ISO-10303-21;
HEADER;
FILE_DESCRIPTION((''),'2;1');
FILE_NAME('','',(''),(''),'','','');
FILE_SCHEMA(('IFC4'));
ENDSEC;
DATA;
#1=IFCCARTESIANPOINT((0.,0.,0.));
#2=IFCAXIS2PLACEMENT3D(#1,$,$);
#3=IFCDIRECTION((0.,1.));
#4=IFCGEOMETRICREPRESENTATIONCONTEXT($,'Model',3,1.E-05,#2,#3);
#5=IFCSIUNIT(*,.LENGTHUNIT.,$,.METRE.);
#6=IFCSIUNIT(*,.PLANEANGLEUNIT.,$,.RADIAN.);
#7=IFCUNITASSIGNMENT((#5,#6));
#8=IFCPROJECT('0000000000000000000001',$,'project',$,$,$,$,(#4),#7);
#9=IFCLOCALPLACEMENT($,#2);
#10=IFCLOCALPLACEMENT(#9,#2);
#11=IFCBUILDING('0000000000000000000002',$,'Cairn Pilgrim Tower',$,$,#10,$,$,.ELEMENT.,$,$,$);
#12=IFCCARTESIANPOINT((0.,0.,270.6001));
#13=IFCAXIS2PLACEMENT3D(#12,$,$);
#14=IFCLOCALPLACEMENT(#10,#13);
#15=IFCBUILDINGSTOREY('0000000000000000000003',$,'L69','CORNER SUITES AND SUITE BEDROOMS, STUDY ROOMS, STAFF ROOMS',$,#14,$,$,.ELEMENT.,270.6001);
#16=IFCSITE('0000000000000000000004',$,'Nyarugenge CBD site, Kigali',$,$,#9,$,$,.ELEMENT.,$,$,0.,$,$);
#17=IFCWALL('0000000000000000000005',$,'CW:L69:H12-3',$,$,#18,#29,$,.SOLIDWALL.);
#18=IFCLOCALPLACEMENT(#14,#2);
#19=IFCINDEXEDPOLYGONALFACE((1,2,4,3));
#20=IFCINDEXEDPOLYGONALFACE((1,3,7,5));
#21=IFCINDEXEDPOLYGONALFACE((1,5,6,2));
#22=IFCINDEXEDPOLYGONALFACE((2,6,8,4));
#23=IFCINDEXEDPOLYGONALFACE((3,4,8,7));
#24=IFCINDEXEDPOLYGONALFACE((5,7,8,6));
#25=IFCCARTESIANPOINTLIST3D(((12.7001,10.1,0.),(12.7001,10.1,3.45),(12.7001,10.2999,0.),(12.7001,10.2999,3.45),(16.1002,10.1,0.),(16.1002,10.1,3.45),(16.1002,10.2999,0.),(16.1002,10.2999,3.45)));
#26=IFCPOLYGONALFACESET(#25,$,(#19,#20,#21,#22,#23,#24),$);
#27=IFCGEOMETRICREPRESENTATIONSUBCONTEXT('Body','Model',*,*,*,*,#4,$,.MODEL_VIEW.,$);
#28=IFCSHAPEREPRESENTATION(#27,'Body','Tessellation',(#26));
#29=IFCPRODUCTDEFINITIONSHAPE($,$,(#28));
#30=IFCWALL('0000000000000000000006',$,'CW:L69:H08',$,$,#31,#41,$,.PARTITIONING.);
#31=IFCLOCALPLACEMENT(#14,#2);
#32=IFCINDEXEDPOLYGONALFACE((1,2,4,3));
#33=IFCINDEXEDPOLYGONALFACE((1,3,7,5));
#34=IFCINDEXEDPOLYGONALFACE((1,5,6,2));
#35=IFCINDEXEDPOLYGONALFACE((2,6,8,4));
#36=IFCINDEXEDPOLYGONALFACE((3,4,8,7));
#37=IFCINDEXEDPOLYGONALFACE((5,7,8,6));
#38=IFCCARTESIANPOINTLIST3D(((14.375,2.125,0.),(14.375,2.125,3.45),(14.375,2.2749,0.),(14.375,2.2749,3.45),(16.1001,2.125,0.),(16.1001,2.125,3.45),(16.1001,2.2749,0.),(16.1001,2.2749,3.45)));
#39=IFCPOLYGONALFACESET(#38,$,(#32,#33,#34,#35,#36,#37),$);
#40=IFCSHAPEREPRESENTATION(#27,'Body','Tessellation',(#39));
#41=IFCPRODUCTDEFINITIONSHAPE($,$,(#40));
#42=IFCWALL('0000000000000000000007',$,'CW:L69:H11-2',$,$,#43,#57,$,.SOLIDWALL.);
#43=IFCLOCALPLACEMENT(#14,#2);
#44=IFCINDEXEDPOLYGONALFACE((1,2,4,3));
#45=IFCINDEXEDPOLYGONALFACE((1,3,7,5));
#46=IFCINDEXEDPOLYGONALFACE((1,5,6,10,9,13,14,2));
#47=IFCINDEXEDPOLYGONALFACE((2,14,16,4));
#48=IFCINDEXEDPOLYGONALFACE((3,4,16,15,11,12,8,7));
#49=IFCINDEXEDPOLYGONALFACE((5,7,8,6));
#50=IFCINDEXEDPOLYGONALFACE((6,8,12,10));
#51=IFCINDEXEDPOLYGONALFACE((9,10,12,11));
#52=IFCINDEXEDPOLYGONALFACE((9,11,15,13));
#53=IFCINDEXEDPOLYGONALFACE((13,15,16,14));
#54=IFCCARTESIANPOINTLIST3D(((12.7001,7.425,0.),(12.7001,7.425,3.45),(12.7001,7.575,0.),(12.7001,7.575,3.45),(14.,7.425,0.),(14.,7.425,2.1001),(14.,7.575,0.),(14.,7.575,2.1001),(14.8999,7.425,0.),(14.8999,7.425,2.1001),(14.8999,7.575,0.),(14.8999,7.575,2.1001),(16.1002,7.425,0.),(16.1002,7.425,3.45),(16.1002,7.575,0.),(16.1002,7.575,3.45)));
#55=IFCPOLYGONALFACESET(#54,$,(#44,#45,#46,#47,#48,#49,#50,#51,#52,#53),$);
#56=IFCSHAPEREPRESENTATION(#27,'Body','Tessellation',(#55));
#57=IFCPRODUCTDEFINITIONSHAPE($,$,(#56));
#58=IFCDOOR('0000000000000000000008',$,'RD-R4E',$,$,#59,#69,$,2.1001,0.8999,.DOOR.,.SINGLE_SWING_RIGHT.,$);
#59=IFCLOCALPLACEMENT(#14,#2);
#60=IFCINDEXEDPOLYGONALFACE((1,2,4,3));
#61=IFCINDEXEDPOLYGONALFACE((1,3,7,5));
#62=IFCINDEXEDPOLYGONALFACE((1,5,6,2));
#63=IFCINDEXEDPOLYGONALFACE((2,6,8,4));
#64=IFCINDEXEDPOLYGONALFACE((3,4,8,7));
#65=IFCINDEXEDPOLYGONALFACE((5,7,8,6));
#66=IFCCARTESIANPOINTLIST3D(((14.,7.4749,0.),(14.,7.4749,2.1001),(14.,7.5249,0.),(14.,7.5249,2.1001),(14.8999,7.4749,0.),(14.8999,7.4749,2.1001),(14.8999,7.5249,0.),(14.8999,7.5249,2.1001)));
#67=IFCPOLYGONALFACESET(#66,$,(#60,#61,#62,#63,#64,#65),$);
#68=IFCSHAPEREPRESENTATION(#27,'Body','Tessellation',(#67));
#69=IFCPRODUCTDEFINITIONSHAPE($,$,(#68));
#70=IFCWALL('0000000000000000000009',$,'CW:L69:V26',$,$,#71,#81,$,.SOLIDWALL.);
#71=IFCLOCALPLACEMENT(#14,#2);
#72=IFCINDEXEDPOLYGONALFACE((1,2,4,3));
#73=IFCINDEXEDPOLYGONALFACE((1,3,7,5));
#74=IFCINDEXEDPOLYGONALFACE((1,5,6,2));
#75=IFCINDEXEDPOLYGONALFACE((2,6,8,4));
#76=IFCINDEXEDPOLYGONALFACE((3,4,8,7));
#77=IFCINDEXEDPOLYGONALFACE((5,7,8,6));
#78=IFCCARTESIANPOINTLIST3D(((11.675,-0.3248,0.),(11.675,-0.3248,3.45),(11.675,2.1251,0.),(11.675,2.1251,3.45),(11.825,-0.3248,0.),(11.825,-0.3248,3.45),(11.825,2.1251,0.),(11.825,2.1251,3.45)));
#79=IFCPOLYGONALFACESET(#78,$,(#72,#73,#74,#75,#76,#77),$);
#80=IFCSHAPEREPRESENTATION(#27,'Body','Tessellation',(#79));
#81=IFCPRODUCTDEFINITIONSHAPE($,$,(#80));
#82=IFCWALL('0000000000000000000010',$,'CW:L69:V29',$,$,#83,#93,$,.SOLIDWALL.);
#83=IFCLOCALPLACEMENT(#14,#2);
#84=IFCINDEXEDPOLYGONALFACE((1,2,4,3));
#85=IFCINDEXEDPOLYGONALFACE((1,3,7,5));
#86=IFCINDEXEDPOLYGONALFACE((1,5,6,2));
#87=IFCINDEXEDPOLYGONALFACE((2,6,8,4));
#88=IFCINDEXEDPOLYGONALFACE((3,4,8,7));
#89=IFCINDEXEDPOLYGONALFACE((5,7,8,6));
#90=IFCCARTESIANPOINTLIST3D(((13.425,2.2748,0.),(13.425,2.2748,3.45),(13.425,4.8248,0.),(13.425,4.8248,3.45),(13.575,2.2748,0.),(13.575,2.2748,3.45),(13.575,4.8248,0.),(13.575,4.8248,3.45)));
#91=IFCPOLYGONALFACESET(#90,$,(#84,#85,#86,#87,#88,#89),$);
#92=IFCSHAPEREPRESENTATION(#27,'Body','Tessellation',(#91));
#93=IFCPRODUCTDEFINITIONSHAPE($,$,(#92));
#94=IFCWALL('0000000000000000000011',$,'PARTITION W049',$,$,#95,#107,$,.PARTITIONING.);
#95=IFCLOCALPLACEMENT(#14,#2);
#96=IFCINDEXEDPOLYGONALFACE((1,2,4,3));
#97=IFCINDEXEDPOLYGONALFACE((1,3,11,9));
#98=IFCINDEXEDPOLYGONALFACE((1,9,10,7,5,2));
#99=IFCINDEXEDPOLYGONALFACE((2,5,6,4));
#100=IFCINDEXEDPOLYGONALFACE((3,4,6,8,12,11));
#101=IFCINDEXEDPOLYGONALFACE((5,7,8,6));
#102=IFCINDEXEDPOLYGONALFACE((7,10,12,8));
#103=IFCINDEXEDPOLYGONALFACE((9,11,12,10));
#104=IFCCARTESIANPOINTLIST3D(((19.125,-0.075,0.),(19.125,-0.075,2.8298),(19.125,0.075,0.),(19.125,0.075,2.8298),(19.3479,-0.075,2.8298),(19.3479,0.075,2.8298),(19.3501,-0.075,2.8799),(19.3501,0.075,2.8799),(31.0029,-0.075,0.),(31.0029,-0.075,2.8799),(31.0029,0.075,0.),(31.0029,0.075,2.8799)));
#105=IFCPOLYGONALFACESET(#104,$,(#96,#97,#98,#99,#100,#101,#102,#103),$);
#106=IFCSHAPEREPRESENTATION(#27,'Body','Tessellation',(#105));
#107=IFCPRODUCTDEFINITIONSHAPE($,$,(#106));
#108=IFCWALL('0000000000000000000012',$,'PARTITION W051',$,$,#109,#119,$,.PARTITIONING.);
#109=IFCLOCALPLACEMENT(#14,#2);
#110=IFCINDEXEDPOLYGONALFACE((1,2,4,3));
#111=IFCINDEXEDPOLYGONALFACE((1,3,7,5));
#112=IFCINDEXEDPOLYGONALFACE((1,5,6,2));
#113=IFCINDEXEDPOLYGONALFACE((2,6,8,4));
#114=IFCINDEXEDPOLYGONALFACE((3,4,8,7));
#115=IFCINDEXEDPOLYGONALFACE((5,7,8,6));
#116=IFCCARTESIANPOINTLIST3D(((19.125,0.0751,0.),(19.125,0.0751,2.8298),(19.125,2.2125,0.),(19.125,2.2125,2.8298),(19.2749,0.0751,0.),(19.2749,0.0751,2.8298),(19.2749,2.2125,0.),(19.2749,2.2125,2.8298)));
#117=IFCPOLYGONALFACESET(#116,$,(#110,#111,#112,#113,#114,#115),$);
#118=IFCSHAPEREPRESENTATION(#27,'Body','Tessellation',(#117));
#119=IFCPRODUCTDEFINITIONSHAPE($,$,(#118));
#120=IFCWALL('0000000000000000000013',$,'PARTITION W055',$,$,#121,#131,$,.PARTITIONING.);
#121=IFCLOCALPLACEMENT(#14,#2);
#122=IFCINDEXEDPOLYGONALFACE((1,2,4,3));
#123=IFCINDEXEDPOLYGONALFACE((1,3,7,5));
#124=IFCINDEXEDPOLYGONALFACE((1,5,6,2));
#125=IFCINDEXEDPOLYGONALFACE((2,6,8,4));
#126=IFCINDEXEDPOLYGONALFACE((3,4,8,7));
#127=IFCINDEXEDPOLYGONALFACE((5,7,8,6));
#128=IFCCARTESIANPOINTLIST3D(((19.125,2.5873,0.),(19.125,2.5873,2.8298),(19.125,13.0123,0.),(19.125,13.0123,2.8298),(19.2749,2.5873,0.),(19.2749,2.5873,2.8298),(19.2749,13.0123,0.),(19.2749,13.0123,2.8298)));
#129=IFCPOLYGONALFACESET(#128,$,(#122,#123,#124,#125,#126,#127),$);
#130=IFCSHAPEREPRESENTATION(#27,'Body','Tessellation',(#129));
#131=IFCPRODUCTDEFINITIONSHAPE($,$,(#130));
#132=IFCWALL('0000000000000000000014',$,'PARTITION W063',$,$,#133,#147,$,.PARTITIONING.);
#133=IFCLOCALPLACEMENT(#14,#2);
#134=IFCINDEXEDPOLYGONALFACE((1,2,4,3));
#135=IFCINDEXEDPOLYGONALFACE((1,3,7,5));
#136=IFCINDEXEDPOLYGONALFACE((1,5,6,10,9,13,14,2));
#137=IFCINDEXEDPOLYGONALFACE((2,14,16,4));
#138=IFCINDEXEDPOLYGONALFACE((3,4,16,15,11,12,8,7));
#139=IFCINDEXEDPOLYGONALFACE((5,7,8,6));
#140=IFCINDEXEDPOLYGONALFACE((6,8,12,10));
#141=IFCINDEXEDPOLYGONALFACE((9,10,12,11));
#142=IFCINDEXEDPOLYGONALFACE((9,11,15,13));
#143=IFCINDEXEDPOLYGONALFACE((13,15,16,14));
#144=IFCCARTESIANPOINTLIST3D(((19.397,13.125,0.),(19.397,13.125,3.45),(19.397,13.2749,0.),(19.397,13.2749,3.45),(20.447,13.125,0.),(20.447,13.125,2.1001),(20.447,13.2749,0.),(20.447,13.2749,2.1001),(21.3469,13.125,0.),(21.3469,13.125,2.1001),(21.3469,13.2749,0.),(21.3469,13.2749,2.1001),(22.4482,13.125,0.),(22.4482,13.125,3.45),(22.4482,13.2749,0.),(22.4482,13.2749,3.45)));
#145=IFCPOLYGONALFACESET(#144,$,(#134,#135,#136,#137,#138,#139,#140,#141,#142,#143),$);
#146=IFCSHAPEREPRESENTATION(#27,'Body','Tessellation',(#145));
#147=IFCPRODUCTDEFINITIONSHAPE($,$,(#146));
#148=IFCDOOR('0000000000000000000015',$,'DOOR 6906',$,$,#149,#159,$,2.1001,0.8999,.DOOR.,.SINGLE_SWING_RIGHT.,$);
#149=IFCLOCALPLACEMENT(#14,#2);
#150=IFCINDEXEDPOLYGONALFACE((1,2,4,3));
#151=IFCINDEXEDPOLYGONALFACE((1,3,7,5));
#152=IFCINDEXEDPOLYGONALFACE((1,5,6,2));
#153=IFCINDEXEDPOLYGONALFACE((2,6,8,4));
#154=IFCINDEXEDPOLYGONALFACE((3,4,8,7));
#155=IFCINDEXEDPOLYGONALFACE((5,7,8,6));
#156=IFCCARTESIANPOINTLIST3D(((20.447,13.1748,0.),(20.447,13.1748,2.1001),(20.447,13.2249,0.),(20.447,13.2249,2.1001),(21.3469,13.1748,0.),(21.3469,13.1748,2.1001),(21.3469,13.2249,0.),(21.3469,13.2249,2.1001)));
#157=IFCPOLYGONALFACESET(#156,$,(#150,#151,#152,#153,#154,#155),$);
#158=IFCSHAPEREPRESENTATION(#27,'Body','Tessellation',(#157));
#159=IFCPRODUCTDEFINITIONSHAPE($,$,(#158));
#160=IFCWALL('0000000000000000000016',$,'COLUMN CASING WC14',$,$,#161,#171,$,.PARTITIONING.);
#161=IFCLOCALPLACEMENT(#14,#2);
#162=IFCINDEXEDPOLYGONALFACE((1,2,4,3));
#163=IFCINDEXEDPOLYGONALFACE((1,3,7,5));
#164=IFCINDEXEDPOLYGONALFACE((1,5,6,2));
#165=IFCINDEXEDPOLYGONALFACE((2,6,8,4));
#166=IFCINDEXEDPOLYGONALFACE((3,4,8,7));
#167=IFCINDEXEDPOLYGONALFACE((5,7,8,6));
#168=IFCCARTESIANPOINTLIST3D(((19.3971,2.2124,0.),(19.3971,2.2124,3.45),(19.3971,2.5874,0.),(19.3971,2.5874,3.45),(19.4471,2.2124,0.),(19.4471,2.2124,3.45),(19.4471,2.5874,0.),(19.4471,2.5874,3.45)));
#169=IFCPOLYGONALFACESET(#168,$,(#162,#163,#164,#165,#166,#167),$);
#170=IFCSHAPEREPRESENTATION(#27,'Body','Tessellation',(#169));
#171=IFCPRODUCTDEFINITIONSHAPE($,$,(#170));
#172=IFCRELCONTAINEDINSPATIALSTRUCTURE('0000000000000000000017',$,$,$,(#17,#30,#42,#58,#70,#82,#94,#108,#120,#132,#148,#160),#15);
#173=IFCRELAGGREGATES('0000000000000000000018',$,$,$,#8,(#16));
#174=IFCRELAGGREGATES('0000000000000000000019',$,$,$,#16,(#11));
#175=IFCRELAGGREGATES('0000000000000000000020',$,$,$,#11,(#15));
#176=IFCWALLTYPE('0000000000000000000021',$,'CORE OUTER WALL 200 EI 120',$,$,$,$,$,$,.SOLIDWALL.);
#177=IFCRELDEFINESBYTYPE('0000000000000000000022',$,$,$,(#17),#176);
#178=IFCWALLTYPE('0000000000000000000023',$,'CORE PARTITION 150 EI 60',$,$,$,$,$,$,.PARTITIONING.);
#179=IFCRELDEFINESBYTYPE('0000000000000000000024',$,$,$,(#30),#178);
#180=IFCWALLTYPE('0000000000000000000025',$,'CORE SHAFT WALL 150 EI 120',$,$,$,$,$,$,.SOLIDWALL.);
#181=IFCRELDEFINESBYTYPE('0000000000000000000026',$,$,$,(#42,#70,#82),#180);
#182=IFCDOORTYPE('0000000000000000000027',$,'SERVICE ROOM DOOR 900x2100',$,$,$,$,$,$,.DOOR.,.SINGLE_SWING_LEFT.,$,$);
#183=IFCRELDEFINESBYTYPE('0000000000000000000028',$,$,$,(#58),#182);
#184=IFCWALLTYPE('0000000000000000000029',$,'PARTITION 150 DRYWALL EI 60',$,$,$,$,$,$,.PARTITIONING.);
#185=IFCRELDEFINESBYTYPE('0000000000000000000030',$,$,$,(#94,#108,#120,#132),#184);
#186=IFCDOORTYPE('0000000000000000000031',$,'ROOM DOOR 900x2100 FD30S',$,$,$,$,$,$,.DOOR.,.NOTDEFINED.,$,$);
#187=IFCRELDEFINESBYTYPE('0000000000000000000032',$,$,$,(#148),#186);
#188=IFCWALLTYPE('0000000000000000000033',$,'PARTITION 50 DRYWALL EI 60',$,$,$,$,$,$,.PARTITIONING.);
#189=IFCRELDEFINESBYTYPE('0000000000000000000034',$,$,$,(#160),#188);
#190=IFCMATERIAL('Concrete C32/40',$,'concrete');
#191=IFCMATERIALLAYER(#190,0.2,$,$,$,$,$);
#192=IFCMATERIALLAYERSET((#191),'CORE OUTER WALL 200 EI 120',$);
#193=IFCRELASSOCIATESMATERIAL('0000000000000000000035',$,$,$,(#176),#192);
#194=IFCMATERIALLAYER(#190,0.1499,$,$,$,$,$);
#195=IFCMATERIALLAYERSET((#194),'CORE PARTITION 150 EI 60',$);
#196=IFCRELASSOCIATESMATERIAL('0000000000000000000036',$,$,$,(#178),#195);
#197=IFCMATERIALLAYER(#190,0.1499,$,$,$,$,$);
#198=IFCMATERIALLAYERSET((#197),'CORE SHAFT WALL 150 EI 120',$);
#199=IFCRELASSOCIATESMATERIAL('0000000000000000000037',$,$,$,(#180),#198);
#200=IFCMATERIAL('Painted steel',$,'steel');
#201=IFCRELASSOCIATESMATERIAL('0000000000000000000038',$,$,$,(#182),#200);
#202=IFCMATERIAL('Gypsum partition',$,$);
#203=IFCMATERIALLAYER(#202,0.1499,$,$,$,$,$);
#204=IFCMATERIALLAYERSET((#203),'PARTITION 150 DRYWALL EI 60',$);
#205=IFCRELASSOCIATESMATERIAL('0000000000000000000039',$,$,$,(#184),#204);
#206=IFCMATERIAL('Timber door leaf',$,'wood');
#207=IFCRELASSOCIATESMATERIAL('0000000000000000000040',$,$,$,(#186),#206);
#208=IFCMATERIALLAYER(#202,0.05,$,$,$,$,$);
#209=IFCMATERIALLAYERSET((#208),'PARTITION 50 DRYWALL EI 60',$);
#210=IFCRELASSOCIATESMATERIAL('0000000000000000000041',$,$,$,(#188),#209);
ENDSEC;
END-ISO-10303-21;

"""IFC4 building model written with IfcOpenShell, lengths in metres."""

from ifc_helpers import new_model, si_unit, direction, frame, frame_2d, origin, place, context, subcontext, project, spatial, polyline, rectangle, outline, extrude, material, layer, layer_set, type_object, element, fill, save


model = new_model("IFC4")

# Units and contexts
model_context = context("Model", 3, precision=1e-05, world=origin(), true_north=direction((0.0, 1.0)))
body_context = subcontext(model_context, "Body", "Model", "MODEL_VIEW")
ifc_project = project(units=[si_unit("LENGTHUNIT", "METRE"), si_unit("PLANEANGLEUNIT", "RADIAN")], contexts=[model_context])

# Site, building, storey
site_placement = place(None, origin())
site = spatial("IfcSite", under=ifc_project, at=site_placement, Name="Nyarugenge CBD site, Kigali", CompositionType="ELEMENT", RefElevation=0.0)
building_placement = place(site_placement, origin())
building = spatial("IfcBuilding", under=site, at=building_placement, Name="Cairn Pilgrim Tower", CompositionType="ELEMENT")
storey_placement = place(building_placement, frame((0.0, 0.0, 270.6001)))
storey = spatial("IfcBuildingStorey", under=building, at=storey_placement, Name="L69", Description="CORNER SUITES AND SUITE BEDROOMS, STUDY ROOMS, STAFF ROOMS", CompositionType="ELEMENT", Elevation=270.6001)

# Walls
ifc_material_1 = material(Name="Concrete C32/40", Category="concrete")
ifc_layer_1 = layer(ifc_material_1, 0.2)
ifc_layer_set_1 = layer_set([ifc_layer_1], Name="CORE OUTER WALL 200 EI 120")
wall_type_1 = type_object("IfcWallType", Name="CORE OUTER WALL 200 EI 120", PredefinedType="SOLIDWALL", material=ifc_layer_set_1)
wall_1_placement = place(storey_placement, frame((12.7, 10.2, 0.0), z_axis=(0.0, 0.0, 1.0), x_axis=(1.0, 0.0, 0.0)))
element("IfcWall", 1, at=wall_1_placement, inside=storey, type_object=wall_type_1, Name="CW:L69:H12-3", PredefinedType="SOLIDWALL", context=body_context, shape_type="SweptSolid", body=[
    extrude(rectangle(XDim=3.4001, YDim=0.2, at=frame_2d((1.7002, 0.0))), origin(), (0.0, 0.0, 1.0), 3.45),
])
ifc_layer_2 = layer(ifc_material_1, 0.1499)
ifc_layer_set_2 = layer_set([ifc_layer_2], Name="CORE PARTITION 150 EI 60")
wall_type_2 = type_object("IfcWallType", Name="CORE PARTITION 150 EI 60", PredefinedType="PARTITIONING", material=ifc_layer_set_2)
wall_2_placement = place(storey_placement, frame((14.375, 2.2, 0.0), z_axis=(0.0, 0.0, 1.0), x_axis=(1.0, 0.0, 0.0)))
element("IfcWall", 2, at=wall_2_placement, inside=storey, type_object=wall_type_2, Name="CW:L69:H08", PredefinedType="PARTITIONING", context=body_context, shape_type="SweptSolid", body=[
    extrude(rectangle(XDim=1.7251, YDim=0.1499, at=frame_2d((0.8625, 0.0))), origin(), (0.0, 0.0, 1.0), 3.45),
])

# Wall, opening, door
ifc_layer_3 = layer(ifc_material_1, 0.1499)
ifc_layer_set_3 = layer_set([ifc_layer_3], Name="CORE SHAFT WALL 150 EI 120")
wall_type_3 = type_object("IfcWallType", Name="CORE SHAFT WALL 150 EI 120", PredefinedType="SOLIDWALL", material=ifc_layer_set_3)
wall_3_placement = place(storey_placement, frame((12.7, 7.5, 0.0), z_axis=(0.0, 0.0, 1.0), x_axis=(1.0, 0.0, 0.0)))
wall_3 = element("IfcWall", 3, at=wall_3_placement, inside=storey, type_object=wall_type_3, Name="CW:L69:H11-2", PredefinedType="SOLIDWALL", context=body_context, shape_type="SweptSolid", body=[
    extrude(rectangle(XDim=3.4001, YDim=0.1499, at=frame_2d((1.7002, 0.0))), origin(), (0.0, 0.0, 1.0), 3.45),
])
opening_1_placement = place(wall_3_placement, frame((1.3, 0.0, 0.0)))
opening_1 = element("IfcOpeningElement", 4, at=opening_1_placement, cuts=wall_3, PredefinedType="OPENING", context=body_context, shape_type="SweptSolid", body=[
    extrude(rectangle(XDim=0.8999, YDim=2.1001, at=frame_2d((0.45, 1.05))), frame((0.0, 0.085, 0.0), z_axis=(0.0, -1.0, 0.0), x_axis=(1.0, 0.0, 0.0)), (0.0, 0.0, 1.0), 0.1699),
])
ifc_material_2 = material(Name="Painted steel", Category="steel")
door_type_1 = type_object("IfcDoorType", Name="SERVICE ROOM DOOR 900x2100", OperationType="SINGLE_SWING_LEFT", PredefinedType="DOOR", material=ifc_material_2)
door_1_placement = place(opening_1_placement, origin())
door_1 = element("IfcDoor", 5, at=door_1_placement, inside=storey, type_object=door_type_1, Name="RD-R4E", OperationType="SINGLE_SWING_RIGHT", OverallHeight=2.1001, OverallWidth=0.8999, PredefinedType="DOOR", context=body_context, shape_type="SweptSolid", body=[
    extrude(rectangle(XDim=0.8999, YDim=2.1001, at=frame_2d((0.45, 1.05))), frame((0.0, 0.0249, 0.0), z_axis=(0.0, -1.0, 0.0), x_axis=(1.0, 0.0, 0.0)), (0.0, 0.0, 1.0), 0.05),
])
fill(opening_1, door_1)

# Walls
wall_4_placement = place(storey_placement, frame((11.75, -0.325, 0.0), z_axis=(0.0, 0.0, 1.0), x_axis=(0.0, 1.0, 0.0)))
element("IfcWall", 6, at=wall_4_placement, inside=storey, type_object=wall_type_3, Name="CW:L69:V26", PredefinedType="SOLIDWALL", context=body_context, shape_type="SweptSolid", body=[
    extrude(rectangle(XDim=2.45, YDim=0.1499, at=frame_2d((1.2251, 0.0))), origin(), (0.0, 0.0, 1.0), 3.45),
])
wall_5_placement = place(storey_placement, frame((13.5, 2.2749, 0.0), z_axis=(0.0, 0.0, 1.0), x_axis=(0.0, 1.0, 0.0)))
element("IfcWall", 7, at=wall_5_placement, inside=storey, type_object=wall_type_3, Name="CW:L69:V29", PredefinedType="SOLIDWALL", context=body_context, shape_type="SweptSolid", body=[
    extrude(rectangle(XDim=2.55, YDim=0.1499, at=frame_2d((1.2749, 0.0))), origin(), (0.0, 0.0, 1.0), 3.45),
])
ifc_material_3 = material(Name="Gypsum partition")
ifc_layer_4 = layer(ifc_material_3, 0.1499)
ifc_layer_set_4 = layer_set([ifc_layer_4], Name="PARTITION 150 DRYWALL EI 60")
wall_type_4 = type_object("IfcWallType", Name="PARTITION 150 DRYWALL EI 60", PredefinedType="PARTITIONING", material=ifc_layer_set_4)
wall_6_placement = place(storey_placement, frame((19.125, 0.0, 0.0), z_axis=(0.0, 0.0, 1.0), x_axis=(1.0, 0.0, 0.0)))
element("IfcWall", 8, at=wall_6_placement, inside=storey, type_object=wall_type_4, Name="PARTITION W049", PredefinedType="PARTITIONING", context=body_context, shape_type="SweptSolid", body=[
    extrude(outline(polyline([(0.0, 0.0), (11.8779, 0.0), (11.8779, 2.8799), (0.2251, 2.8799), (0.2229, 2.8298), (0.0, 2.8298), (0.0, 0.0)])), frame((0.0, 0.075, 0.0), z_axis=(0.0, -1.0, 0.0), x_axis=(1.0, 0.0, 0.0)), (0.0, 0.0, 1.0), 0.1499),
])
wall_7_placement = place(storey_placement, frame((19.2, 0.075, 0.0), z_axis=(0.0, 0.0, 1.0), x_axis=(0.0, 1.0, 0.0)))
element("IfcWall", 9, at=wall_7_placement, inside=storey, type_object=wall_type_4, Name="PARTITION W051", PredefinedType="PARTITIONING", context=body_context, shape_type="SweptSolid", body=[
    extrude(rectangle(XDim=2.1375, YDim=0.1499, at=frame_2d((1.0688, 0.0))), origin(), (0.0, 0.0, 1.0), 2.8298),
])
wall_8_placement = place(storey_placement, frame((19.2, 2.5874, 0.0), z_axis=(0.0, 0.0, 1.0), x_axis=(0.0, 1.0, 0.0)))
element("IfcWall", 10, at=wall_8_placement, inside=storey, type_object=wall_type_4, Name="PARTITION W055", PredefinedType="PARTITIONING", context=body_context, shape_type="SweptSolid", body=[
    extrude(rectangle(XDim=10.425, YDim=0.1499, at=frame_2d((5.2124, 0.0))), origin(), (0.0, 0.0, 1.0), 2.8298),
])

# Wall, opening, door
wall_9_placement = place(storey_placement, frame((19.397, 13.2, 0.0), z_axis=(0.0, 0.0, 1.0), x_axis=(1.0, 0.0, 0.0)))
wall_9 = element("IfcWall", 11, at=wall_9_placement, inside=storey, type_object=wall_type_4, Name="PARTITION W063", PredefinedType="PARTITIONING", context=body_context, shape_type="SweptSolid", body=[
    extrude(rectangle(XDim=3.0513, YDim=0.1499, at=frame_2d((1.5256, 0.0))), origin(), (0.0, 0.0, 1.0), 3.45),
])
opening_2_placement = place(wall_9_placement, frame((1.05, 0.0, 0.0)))
opening_2 = element("IfcOpeningElement", 12, at=opening_2_placement, cuts=wall_9, PredefinedType="OPENING", context=body_context, shape_type="SweptSolid", body=[
    extrude(rectangle(XDim=0.8999, YDim=2.1001, at=frame_2d((0.45, 1.05))), frame((0.0, 0.085, 0.0), z_axis=(0.0, -1.0, 0.0), x_axis=(1.0, 0.0, 0.0)), (0.0, 0.0, 1.0), 0.1699),
])
ifc_material_4 = material(Name="Timber door leaf", Category="wood")
door_type_2 = type_object("IfcDoorType", Name="ROOM DOOR 900x2100 FD30S", OperationType="NOTDEFINED", PredefinedType="DOOR", material=ifc_material_4)
door_2_placement = place(opening_2_placement, origin())
door_2 = element("IfcDoor", 13, at=door_2_placement, inside=storey, type_object=door_type_2, Name="DOOR 6906", OperationType="SINGLE_SWING_RIGHT", OverallHeight=2.1001, OverallWidth=0.8999, PredefinedType="DOOR", context=body_context, shape_type="SweptSolid", body=[
    extrude(rectangle(XDim=0.8999, YDim=2.1001, at=frame_2d((0.45, 1.05))), frame((0.0, 0.0249, 0.0), z_axis=(0.0, -1.0, 0.0), x_axis=(1.0, 0.0, 0.0)), (0.0, 0.0, 1.0), 0.05),
])
fill(opening_2, door_2)

# Wall
ifc_layer_5 = layer(ifc_material_3, 0.05)
ifc_layer_set_5 = layer_set([ifc_layer_5], Name="PARTITION 50 DRYWALL EI 60")
wall_type_5 = type_object("IfcWallType", Name="PARTITION 50 DRYWALL EI 60", PredefinedType="PARTITIONING", material=ifc_layer_set_5)
wall_10_placement = place(storey_placement, frame((19.4221, 2.2124, 0.0), z_axis=(0.0, 0.0, 1.0), x_axis=(0.0, 1.0, 0.0)))
element("IfcWall", 14, at=wall_10_placement, inside=storey, type_object=wall_type_5, Name="COLUMN CASING WC14", PredefinedType="PARTITIONING", context=body_context, shape_type="SweptSolid", body=[
    extrude(rectangle(XDim=0.375, YDim=0.05, at=frame_2d((0.1875, 0.0))), origin(), (0.0, 0.0, 1.0), 3.45),
])

save(model, "model.ifc")
